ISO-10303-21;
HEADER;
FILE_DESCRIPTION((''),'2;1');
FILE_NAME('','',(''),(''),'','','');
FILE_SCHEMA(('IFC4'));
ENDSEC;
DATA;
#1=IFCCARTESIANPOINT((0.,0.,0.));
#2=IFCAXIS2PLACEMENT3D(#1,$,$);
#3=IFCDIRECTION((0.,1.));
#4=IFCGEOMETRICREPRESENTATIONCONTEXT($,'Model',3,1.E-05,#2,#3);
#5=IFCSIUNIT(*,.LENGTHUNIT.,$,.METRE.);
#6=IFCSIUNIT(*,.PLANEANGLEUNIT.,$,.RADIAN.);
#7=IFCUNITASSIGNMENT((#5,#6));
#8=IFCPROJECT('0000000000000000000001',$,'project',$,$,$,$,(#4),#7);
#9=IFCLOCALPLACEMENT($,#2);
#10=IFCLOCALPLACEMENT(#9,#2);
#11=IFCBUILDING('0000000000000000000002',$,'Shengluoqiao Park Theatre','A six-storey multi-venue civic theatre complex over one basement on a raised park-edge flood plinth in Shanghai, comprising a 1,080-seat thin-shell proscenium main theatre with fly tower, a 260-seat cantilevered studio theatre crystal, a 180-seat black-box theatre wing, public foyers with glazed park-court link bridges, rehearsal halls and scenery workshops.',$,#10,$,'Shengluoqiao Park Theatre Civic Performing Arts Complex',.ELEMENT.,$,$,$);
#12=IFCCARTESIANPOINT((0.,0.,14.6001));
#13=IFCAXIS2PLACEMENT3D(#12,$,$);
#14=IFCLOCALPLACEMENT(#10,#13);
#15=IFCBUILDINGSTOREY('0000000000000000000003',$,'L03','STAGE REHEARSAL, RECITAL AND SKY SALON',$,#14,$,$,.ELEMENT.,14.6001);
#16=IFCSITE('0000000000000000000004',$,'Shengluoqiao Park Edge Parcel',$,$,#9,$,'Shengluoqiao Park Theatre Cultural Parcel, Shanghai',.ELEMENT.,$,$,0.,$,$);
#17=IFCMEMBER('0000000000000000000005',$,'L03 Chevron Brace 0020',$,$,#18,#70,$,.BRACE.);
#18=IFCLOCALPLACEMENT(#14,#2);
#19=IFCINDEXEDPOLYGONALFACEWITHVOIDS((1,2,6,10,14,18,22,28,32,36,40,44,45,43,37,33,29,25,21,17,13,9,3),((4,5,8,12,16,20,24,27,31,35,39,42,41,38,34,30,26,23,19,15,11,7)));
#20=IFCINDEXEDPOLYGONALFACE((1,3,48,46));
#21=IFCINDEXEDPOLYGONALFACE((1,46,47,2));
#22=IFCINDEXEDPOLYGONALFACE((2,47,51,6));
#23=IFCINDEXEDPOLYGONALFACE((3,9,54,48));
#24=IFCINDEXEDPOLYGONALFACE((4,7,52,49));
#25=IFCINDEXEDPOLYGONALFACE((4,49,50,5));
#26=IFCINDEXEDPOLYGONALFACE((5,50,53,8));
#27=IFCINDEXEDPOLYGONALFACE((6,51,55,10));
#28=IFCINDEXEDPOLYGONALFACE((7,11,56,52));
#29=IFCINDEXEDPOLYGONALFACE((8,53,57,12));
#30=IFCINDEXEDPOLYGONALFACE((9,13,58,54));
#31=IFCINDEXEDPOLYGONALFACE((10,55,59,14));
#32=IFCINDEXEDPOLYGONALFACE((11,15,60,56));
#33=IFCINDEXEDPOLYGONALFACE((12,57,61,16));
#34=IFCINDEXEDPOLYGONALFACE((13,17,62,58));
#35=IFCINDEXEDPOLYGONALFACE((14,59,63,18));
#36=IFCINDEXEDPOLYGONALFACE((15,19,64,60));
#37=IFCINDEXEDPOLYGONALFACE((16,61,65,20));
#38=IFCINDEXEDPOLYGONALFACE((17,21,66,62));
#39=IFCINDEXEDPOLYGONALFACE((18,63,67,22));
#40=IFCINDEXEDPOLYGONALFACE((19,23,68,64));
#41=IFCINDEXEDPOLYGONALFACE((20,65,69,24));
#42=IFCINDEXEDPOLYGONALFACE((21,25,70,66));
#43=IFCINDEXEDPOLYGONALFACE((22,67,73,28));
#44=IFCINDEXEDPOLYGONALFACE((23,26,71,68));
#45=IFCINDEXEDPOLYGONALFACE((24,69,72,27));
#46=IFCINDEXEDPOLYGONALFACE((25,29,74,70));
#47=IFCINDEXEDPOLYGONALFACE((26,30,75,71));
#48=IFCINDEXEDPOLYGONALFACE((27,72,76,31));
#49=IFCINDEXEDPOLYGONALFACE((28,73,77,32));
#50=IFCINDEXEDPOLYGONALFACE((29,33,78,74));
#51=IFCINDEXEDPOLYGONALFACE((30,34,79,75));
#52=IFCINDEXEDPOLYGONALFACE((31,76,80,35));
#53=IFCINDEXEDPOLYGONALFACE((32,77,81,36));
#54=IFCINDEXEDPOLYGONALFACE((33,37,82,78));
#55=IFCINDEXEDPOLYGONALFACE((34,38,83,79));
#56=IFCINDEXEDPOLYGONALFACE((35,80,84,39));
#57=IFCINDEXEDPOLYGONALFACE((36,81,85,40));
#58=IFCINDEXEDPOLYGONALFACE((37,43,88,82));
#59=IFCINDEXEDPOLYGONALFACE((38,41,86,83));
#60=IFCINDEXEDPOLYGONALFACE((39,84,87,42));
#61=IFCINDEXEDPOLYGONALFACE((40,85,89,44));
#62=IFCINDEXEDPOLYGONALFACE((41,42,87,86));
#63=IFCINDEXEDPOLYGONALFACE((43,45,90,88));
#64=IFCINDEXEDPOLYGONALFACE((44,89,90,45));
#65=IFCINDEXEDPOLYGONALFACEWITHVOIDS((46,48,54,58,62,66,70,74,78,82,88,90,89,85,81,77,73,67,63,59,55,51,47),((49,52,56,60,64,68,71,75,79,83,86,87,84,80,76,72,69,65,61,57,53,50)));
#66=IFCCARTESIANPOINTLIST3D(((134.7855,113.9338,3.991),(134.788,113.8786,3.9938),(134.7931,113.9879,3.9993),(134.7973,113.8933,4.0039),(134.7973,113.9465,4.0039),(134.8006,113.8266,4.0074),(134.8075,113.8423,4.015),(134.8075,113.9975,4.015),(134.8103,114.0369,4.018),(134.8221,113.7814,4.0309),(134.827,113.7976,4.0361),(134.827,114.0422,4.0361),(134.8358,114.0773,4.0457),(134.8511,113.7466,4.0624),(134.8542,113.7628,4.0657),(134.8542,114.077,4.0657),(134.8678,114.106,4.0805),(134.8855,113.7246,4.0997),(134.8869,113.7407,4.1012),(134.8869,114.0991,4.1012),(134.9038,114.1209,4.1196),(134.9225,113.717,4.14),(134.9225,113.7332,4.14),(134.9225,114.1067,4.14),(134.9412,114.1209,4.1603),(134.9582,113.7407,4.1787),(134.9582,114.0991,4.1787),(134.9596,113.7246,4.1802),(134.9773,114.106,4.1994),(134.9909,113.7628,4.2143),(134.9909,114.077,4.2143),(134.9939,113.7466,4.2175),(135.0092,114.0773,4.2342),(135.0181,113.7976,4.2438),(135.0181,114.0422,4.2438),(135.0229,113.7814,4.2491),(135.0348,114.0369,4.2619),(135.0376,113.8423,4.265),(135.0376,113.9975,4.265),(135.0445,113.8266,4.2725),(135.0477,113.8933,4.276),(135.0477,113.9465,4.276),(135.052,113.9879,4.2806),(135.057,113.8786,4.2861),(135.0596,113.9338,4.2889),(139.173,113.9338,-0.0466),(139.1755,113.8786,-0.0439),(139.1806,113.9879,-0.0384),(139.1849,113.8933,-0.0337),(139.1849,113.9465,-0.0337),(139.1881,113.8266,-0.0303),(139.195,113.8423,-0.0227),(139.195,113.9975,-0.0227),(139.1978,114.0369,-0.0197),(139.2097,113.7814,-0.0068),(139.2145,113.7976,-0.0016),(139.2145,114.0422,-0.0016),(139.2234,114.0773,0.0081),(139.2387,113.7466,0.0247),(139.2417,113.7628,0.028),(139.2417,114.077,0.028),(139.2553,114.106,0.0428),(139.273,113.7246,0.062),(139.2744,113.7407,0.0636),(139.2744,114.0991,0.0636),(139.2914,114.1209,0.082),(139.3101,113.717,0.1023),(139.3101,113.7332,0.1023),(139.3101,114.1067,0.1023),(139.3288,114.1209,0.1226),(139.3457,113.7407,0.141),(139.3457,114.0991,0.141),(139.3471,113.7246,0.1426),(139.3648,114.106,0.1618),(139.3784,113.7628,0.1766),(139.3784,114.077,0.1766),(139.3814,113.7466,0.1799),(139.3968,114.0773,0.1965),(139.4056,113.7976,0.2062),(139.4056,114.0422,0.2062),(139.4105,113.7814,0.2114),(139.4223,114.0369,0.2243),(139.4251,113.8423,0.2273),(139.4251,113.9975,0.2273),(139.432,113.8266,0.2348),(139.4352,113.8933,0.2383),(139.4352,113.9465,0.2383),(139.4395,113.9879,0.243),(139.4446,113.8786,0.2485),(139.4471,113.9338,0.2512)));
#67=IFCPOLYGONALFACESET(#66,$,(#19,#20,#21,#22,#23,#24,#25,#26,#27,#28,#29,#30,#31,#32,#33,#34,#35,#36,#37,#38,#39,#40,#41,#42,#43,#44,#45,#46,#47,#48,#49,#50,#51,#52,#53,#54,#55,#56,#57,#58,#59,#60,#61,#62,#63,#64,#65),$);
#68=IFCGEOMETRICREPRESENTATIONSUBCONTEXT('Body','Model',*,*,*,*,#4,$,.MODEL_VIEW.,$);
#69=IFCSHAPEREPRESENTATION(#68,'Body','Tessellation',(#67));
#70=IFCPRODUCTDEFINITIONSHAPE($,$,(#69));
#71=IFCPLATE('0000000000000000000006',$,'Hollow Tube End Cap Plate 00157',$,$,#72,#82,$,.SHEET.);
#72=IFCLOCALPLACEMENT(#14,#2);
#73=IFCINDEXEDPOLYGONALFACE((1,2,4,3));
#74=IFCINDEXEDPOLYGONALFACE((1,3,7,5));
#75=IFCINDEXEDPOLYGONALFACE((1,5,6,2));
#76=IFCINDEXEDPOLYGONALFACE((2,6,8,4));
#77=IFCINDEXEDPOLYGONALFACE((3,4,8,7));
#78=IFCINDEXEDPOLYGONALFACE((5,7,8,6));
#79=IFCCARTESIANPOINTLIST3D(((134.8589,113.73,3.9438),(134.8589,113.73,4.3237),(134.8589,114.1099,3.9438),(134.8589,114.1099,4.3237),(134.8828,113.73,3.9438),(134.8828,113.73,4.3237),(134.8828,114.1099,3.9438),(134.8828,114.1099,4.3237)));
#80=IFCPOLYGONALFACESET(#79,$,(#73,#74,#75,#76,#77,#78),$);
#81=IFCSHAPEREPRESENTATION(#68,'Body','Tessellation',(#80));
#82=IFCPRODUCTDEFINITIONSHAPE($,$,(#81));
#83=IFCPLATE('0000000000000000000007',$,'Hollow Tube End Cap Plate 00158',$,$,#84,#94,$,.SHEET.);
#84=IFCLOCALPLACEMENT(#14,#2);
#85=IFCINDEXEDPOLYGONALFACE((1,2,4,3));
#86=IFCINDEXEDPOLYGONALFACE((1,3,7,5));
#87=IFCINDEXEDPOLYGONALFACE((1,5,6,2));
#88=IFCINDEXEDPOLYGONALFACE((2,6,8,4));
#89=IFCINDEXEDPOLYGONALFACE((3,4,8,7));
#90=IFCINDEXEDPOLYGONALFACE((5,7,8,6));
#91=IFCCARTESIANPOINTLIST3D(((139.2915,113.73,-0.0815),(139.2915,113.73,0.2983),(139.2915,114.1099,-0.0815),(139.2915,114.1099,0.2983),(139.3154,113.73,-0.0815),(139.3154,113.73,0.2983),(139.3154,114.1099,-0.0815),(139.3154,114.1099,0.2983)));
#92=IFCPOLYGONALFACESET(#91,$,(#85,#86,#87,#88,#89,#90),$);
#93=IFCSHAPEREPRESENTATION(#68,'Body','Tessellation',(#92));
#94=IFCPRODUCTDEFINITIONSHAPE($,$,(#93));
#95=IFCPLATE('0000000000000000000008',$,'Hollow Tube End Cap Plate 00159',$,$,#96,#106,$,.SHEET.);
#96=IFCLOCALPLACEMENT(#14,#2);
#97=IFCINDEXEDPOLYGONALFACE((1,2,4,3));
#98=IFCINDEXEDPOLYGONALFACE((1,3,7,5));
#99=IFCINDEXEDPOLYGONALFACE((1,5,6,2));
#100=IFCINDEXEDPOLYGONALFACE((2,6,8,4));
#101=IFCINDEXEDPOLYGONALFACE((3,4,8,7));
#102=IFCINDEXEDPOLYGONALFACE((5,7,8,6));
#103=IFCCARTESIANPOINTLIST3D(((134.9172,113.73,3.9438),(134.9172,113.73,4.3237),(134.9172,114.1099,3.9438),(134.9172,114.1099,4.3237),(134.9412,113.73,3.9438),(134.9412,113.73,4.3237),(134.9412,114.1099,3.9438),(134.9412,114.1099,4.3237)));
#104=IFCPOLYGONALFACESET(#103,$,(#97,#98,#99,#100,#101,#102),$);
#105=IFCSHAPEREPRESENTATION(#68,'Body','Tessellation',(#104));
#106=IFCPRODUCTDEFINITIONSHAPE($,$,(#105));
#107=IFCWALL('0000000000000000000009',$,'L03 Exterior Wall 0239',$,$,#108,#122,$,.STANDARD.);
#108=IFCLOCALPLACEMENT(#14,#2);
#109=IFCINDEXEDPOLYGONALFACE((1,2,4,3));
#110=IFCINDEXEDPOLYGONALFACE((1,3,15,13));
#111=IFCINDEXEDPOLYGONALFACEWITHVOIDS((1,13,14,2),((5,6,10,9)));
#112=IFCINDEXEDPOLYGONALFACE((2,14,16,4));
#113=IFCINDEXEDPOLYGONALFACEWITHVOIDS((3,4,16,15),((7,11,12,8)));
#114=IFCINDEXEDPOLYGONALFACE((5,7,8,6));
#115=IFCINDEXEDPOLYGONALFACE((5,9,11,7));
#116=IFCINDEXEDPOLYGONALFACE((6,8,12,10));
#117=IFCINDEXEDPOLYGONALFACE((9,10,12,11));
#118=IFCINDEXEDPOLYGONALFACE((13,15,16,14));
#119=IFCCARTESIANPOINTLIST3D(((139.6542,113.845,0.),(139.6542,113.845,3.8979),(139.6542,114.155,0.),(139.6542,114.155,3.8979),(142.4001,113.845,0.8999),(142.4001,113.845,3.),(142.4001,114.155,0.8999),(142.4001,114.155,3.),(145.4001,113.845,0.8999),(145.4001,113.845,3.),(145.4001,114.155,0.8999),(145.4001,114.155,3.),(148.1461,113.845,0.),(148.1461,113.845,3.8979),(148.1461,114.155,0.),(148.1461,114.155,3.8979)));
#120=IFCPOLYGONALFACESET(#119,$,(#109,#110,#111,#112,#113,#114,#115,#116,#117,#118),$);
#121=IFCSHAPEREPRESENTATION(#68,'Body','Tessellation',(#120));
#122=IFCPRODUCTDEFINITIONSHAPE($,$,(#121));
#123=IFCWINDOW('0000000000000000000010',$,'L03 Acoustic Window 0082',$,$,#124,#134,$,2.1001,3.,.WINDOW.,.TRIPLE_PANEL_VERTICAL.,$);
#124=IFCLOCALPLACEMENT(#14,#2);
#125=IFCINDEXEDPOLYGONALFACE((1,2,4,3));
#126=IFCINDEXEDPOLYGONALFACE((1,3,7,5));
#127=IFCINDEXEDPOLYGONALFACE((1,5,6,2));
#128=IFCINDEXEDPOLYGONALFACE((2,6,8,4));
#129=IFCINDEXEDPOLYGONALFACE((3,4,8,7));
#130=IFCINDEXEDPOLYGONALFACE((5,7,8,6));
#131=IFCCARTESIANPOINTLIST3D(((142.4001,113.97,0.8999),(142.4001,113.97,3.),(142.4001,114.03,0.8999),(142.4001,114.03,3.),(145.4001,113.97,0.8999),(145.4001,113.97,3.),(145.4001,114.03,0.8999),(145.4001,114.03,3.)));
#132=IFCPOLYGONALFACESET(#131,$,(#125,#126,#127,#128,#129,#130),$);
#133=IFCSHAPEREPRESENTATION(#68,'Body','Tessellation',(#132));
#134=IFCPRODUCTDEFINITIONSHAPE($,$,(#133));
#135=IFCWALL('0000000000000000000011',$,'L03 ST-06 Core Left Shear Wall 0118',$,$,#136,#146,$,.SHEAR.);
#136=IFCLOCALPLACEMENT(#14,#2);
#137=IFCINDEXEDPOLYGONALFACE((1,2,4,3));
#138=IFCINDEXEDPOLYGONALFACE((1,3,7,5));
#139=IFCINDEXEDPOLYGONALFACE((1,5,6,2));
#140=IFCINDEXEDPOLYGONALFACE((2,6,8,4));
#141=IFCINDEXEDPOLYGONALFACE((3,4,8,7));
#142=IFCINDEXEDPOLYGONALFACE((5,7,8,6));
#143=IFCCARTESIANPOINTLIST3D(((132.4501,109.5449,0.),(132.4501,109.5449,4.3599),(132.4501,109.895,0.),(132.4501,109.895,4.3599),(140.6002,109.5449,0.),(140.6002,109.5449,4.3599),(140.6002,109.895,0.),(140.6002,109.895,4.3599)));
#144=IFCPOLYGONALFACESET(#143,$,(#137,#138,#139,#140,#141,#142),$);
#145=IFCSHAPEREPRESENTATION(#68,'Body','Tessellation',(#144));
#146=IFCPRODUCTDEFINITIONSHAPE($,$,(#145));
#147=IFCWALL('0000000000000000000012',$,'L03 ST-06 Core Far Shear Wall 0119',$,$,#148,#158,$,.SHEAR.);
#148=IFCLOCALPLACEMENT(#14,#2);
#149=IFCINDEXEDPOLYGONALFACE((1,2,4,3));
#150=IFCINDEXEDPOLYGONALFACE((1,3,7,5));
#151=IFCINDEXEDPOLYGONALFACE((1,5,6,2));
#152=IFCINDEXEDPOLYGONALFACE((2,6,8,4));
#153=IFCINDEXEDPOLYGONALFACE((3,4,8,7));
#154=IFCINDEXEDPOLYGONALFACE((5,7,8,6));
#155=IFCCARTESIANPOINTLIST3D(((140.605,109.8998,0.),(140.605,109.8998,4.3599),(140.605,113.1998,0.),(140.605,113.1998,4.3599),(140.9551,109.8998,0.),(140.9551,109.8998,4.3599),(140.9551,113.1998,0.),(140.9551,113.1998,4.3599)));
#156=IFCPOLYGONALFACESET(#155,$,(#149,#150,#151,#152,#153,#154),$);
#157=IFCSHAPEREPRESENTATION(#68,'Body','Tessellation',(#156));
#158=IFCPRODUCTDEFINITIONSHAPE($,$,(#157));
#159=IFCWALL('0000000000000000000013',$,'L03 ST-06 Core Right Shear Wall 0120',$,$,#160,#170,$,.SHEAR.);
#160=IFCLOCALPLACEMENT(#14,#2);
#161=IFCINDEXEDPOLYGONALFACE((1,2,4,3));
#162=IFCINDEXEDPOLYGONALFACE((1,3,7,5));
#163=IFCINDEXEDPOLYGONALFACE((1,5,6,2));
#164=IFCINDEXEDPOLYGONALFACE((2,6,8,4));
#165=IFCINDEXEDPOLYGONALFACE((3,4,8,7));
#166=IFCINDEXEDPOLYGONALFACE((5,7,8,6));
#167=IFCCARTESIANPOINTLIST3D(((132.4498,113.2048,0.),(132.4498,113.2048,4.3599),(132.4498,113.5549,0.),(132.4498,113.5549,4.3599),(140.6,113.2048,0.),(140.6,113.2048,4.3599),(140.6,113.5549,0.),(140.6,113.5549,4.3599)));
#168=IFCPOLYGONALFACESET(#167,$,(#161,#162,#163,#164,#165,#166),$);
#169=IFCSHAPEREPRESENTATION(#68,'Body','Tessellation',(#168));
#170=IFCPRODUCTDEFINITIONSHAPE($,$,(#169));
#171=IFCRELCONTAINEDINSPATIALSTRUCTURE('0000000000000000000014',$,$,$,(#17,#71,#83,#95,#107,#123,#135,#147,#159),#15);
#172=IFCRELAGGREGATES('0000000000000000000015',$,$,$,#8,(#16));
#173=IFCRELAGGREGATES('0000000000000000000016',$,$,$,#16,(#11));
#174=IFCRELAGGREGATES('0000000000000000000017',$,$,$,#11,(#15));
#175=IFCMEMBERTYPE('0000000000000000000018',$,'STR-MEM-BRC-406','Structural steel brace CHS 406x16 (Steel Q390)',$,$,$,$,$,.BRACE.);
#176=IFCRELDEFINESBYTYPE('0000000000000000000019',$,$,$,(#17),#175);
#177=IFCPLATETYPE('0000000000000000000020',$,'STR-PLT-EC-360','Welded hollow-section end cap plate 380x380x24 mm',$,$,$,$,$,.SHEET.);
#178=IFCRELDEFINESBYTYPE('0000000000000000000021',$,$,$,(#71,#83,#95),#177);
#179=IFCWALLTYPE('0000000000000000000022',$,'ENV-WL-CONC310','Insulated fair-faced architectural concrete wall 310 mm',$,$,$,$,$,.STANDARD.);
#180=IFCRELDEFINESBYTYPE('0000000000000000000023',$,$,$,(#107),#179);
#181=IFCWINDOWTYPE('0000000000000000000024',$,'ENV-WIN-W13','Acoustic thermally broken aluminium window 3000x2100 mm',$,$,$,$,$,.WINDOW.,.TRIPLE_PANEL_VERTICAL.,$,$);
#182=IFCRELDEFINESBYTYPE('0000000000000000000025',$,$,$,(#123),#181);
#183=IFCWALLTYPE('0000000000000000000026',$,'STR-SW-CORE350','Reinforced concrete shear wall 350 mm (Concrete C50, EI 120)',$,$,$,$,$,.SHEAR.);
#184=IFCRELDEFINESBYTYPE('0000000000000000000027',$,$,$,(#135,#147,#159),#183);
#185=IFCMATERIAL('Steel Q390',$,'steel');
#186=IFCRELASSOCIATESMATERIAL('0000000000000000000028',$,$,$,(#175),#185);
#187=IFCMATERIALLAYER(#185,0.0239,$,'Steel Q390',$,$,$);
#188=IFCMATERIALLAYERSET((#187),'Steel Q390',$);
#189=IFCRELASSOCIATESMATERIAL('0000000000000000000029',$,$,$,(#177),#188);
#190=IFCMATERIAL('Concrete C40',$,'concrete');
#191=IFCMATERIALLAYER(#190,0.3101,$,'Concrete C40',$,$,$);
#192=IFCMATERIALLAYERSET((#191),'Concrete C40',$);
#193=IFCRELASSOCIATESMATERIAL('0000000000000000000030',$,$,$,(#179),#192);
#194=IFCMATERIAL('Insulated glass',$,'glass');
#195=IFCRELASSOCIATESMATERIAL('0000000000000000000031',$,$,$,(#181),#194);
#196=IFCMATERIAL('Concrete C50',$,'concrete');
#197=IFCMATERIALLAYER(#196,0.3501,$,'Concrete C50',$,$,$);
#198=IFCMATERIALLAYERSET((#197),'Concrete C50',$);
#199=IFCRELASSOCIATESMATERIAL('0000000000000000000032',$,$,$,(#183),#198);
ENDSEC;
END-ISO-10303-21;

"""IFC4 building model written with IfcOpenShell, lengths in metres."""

from ifc_helpers import new_model, si_unit, direction, frame, frame_2d, origin, origin_2d, place, context, subcontext, project, spatial, rectangle, hollow_circle, extrude, material, layer, layer_set, material_profile, profile_set, type_object, element, fill, save


model = new_model("IFC4")

# Units and contexts
model_context = context("Model", 3, precision=1e-05, world=origin(), true_north=direction((0.0, 1.0)))
body_context = subcontext(model_context, "Body", "Model", "MODEL_VIEW")
ifc_project = project(units=[si_unit("LENGTHUNIT", "METRE"), si_unit("PLANEANGLEUNIT", "RADIAN")], contexts=[model_context])

# Site, building, storey
site_placement = place(None, origin())
site = spatial("IfcSite", under=ifc_project, at=site_placement, Name="Shengluoqiao Park Edge Parcel", LongName="Shengluoqiao Park Theatre Cultural Parcel, Shanghai", CompositionType="ELEMENT", RefElevation=0.0)
building_placement = place(site_placement, origin())
building = spatial("IfcBuilding", under=site, at=building_placement, Name="Shengluoqiao Park Theatre", Description="A six-storey multi-venue civic theatre complex over one basement on a raised park-edge flood plinth in Shanghai, comprising a 1,080-seat thin-shell proscenium main theatre with fly tower, a 260-seat cantilevered studio theatre crystal, a 180-seat black-box theatre wing, public foyers with glazed park-court link bridges, rehearsal halls and scenery workshops.", LongName="Shengluoqiao Park Theatre Civic Performing Arts Complex", CompositionType="ELEMENT")
storey_placement = place(building_placement, frame((0.0, 0.0, 14.6001)))
storey = spatial("IfcBuildingStorey", under=building, at=storey_placement, Name="L03", Description="STAGE REHEARSAL, RECITAL AND SKY SALON", CompositionType="ELEMENT", Elevation=14.6001)

# Shared definitions
ifc_material_1 = material(Name="Concrete C40", Category="concrete")

# Member
ifc_material_2 = material(Name="Steel Q390", Category="steel")
ifc_material_profile_1 = material_profile(ifc_material_2, hollow_circle(Radius=0.2029, WallThickness=0.0161, at=origin_2d()), Name="CHS 406x16")
ifc_profile_set_1 = profile_set([ifc_material_profile_1], Name="Steel Q390")
member_type = type_object("IfcMemberType", Name="STR-MEM-BRC-406", Description="Structural steel brace CHS 406x16 (Steel Q390)", PredefinedType="BRACE", material=ifc_profile_set_1)
member_placement = place(storey_placement, frame((139.3101, 113.9199, 0.1023), z_axis=(-0.735836, 0.0, 0.67716), x_axis=(0.0, -1.0, 0.0)))
element("IfcMember", 1, at=member_placement, inside=storey, type_object=member_type, Name="L03 Chevron Brace 0020", PredefinedType="BRACE", context=body_context, shape_type="SweptSolid", body=[
    extrude(hollow_circle(Radius=0.2029, WallThickness=0.0161, at=origin_2d()), origin(), (0.0, 0.0, 1.0), 5.9626),
])

# Plates
ifc_layer_1 = layer(ifc_material_2, 0.0239, Name="Steel Q390")
ifc_layer_set_1 = layer_set([ifc_layer_1], Name="Steel Q390")
plate_type = type_object("IfcPlateType", Name="STR-PLT-EC-360", Description="Welded hollow-section end cap plate 380x380x24 mm", PredefinedType="SHEET", material=ifc_layer_set_1)
for number, where, z_axis, x_axis, name in (
    (2, (134.8708, 113.9199, 3.9438), (0.0, 0.0, 1.0), (1.0, 0.0, 0.0), "Hollow Tube End Cap Plate 00157"),
    (3, (139.3035, 113.9199, -0.0815), (0.0, 0.0, 1.0), (-1.0, 0.0, 0.0), "Hollow Tube End Cap Plate 00158"),
    (4, (134.9292, 113.9199, 3.9438), (0.0, 0.0, 1.0), (-1.0, 0.0, 0.0), "Hollow Tube End Cap Plate 00159"),
):
    element("IfcPlate", number, at=place(storey_placement, frame(where, z_axis=z_axis, x_axis=x_axis)), inside=storey, type_object=plate_type, Name=name, PredefinedType="SHEET", context=body_context, shape_type="SweptSolid", body=[
        extrude(rectangle(XDim=0.0239, YDim=0.3799, at=origin_2d()), origin(), (0.0, 0.0, 1.0), 0.3799),
    ])

# Wall, opening, window
ifc_layer_2 = layer(ifc_material_1, 0.3101, Name="Concrete C40")
ifc_layer_set_2 = layer_set([ifc_layer_2], Name="Concrete C40")
wall_type_1 = type_object("IfcWallType", Name="ENV-WL-CONC310", Description="Insulated fair-faced architectural concrete wall 310 mm", PredefinedType="STANDARD", material=ifc_layer_set_2)
wall_1_placement = place(storey_placement, frame((139.6541, 114.0, 0.0), z_axis=(0.0, 0.0, 1.0), x_axis=(1.0, 0.0, 0.0)))
wall_1 = element("IfcWall", 5, at=wall_1_placement, inside=storey, type_object=wall_type_1, Name="L03 Exterior Wall 0239", PredefinedType="STANDARD", context=body_context, shape_type="SweptSolid", body=[
    extrude(rectangle(XDim=8.4919, YDim=0.3101, at=frame_2d((4.2461, 0.0))), origin(), (0.0, 0.0, 1.0), 3.8979),
])
opening_placement = place(wall_1_placement, frame((2.7461, 0.0, 0.8999)))
opening = element("IfcOpeningElement", 6, at=opening_placement, cuts=wall_1, PredefinedType="OPENING", context=body_context, shape_type="SweptSolid", body=[
    extrude(rectangle(XDim=3.0, YDim=2.1001, at=frame_2d((1.5, 1.05))), frame((0.0, 0.165, 0.0), z_axis=(0.0, -1.0, 0.0), x_axis=(1.0, 0.0, 0.0)), (0.0, 0.0, 1.0), 0.3301),
])
ifc_material_3 = material(Name="Insulated glass", Category="glass")
window_type = type_object("IfcWindowType", Name="ENV-WIN-W13", Description="Acoustic thermally broken aluminium window 3000x2100 mm", PartitioningType="TRIPLE_PANEL_VERTICAL", PredefinedType="WINDOW", material=ifc_material_3)
window_placement = place(opening_placement, origin())
window = element("IfcWindow", 7, at=window_placement, inside=storey, type_object=window_type, Name="L03 Acoustic Window 0082", OverallHeight=2.1001, OverallWidth=3.0, PartitioningType="TRIPLE_PANEL_VERTICAL", PredefinedType="WINDOW", context=body_context, shape_type="SweptSolid", body=[
    extrude(rectangle(XDim=3.0, YDim=2.1001, at=frame_2d((1.5, 1.05))), frame((0.0, 0.03, 0.0), z_axis=(0.0, -1.0, 0.0), x_axis=(1.0, 0.0, 0.0)), (0.0, 0.0, 1.0), 0.0601),
])
fill(opening, window)

# Walls
ifc_material_4 = material(Name="Concrete C50", Category="concrete")
ifc_layer_3 = layer(ifc_material_4, 0.3501, Name="Concrete C50")
ifc_layer_set_3 = layer_set([ifc_layer_3], Name="Concrete C50")
wall_type_2 = type_object("IfcWallType", Name="STR-SW-CORE350", Description="Reinforced concrete shear wall 350 mm (Concrete C50, EI 120)", PredefinedType="SHEAR", material=ifc_layer_set_3)
wall_2_placement = place(storey_placement, frame((132.45, 109.72, 0.0), z_axis=(0.0, 0.0, 1.0), x_axis=(1.0, 0.0, 0.0)))
element("IfcWall", 8, at=wall_2_placement, inside=storey, type_object=wall_type_2, Name="L03 ST-06 Core Left Shear Wall 0118", PredefinedType="SHEAR", context=body_context, shape_type="SweptSolid", body=[
    extrude(rectangle(XDim=8.1501, YDim=0.3501, at=frame_2d((4.0752, 0.0))), origin(), (0.0, 0.0, 1.0), 4.3599),
])
wall_3_placement = place(storey_placement, frame((140.78, 109.8999, 0.0), z_axis=(0.0, 0.0, 1.0), x_axis=(0.0, 1.0, 0.0)))
element("IfcWall", 9, at=wall_3_placement, inside=storey, type_object=wall_type_2, Name="L03 ST-06 Core Far Shear Wall 0119", PredefinedType="SHEAR", context=body_context, shape_type="SweptSolid", body=[
    extrude(rectangle(XDim=3.3, YDim=0.3501, at=frame_2d((1.6499, 0.0))), origin(), (0.0, 0.0, 1.0), 4.3599),
])
wall_4_placement = place(storey_placement, frame((140.6001, 113.3799, 0.0), z_axis=(0.0, 0.0, 1.0), x_axis=(-1.0, 0.0, 0.0)))
element("IfcWall", 10, at=wall_4_placement, inside=storey, type_object=wall_type_2, Name="L03 ST-06 Core Right Shear Wall 0120", PredefinedType="SHEAR", context=body_context, shape_type="SweptSolid", body=[
    extrude(rectangle(XDim=8.1501, YDim=0.3501, at=frame_2d((4.0752, 0.0))), origin(), (0.0, 0.0, 1.0), 4.3599),
])

save(model, "model.ifc")
